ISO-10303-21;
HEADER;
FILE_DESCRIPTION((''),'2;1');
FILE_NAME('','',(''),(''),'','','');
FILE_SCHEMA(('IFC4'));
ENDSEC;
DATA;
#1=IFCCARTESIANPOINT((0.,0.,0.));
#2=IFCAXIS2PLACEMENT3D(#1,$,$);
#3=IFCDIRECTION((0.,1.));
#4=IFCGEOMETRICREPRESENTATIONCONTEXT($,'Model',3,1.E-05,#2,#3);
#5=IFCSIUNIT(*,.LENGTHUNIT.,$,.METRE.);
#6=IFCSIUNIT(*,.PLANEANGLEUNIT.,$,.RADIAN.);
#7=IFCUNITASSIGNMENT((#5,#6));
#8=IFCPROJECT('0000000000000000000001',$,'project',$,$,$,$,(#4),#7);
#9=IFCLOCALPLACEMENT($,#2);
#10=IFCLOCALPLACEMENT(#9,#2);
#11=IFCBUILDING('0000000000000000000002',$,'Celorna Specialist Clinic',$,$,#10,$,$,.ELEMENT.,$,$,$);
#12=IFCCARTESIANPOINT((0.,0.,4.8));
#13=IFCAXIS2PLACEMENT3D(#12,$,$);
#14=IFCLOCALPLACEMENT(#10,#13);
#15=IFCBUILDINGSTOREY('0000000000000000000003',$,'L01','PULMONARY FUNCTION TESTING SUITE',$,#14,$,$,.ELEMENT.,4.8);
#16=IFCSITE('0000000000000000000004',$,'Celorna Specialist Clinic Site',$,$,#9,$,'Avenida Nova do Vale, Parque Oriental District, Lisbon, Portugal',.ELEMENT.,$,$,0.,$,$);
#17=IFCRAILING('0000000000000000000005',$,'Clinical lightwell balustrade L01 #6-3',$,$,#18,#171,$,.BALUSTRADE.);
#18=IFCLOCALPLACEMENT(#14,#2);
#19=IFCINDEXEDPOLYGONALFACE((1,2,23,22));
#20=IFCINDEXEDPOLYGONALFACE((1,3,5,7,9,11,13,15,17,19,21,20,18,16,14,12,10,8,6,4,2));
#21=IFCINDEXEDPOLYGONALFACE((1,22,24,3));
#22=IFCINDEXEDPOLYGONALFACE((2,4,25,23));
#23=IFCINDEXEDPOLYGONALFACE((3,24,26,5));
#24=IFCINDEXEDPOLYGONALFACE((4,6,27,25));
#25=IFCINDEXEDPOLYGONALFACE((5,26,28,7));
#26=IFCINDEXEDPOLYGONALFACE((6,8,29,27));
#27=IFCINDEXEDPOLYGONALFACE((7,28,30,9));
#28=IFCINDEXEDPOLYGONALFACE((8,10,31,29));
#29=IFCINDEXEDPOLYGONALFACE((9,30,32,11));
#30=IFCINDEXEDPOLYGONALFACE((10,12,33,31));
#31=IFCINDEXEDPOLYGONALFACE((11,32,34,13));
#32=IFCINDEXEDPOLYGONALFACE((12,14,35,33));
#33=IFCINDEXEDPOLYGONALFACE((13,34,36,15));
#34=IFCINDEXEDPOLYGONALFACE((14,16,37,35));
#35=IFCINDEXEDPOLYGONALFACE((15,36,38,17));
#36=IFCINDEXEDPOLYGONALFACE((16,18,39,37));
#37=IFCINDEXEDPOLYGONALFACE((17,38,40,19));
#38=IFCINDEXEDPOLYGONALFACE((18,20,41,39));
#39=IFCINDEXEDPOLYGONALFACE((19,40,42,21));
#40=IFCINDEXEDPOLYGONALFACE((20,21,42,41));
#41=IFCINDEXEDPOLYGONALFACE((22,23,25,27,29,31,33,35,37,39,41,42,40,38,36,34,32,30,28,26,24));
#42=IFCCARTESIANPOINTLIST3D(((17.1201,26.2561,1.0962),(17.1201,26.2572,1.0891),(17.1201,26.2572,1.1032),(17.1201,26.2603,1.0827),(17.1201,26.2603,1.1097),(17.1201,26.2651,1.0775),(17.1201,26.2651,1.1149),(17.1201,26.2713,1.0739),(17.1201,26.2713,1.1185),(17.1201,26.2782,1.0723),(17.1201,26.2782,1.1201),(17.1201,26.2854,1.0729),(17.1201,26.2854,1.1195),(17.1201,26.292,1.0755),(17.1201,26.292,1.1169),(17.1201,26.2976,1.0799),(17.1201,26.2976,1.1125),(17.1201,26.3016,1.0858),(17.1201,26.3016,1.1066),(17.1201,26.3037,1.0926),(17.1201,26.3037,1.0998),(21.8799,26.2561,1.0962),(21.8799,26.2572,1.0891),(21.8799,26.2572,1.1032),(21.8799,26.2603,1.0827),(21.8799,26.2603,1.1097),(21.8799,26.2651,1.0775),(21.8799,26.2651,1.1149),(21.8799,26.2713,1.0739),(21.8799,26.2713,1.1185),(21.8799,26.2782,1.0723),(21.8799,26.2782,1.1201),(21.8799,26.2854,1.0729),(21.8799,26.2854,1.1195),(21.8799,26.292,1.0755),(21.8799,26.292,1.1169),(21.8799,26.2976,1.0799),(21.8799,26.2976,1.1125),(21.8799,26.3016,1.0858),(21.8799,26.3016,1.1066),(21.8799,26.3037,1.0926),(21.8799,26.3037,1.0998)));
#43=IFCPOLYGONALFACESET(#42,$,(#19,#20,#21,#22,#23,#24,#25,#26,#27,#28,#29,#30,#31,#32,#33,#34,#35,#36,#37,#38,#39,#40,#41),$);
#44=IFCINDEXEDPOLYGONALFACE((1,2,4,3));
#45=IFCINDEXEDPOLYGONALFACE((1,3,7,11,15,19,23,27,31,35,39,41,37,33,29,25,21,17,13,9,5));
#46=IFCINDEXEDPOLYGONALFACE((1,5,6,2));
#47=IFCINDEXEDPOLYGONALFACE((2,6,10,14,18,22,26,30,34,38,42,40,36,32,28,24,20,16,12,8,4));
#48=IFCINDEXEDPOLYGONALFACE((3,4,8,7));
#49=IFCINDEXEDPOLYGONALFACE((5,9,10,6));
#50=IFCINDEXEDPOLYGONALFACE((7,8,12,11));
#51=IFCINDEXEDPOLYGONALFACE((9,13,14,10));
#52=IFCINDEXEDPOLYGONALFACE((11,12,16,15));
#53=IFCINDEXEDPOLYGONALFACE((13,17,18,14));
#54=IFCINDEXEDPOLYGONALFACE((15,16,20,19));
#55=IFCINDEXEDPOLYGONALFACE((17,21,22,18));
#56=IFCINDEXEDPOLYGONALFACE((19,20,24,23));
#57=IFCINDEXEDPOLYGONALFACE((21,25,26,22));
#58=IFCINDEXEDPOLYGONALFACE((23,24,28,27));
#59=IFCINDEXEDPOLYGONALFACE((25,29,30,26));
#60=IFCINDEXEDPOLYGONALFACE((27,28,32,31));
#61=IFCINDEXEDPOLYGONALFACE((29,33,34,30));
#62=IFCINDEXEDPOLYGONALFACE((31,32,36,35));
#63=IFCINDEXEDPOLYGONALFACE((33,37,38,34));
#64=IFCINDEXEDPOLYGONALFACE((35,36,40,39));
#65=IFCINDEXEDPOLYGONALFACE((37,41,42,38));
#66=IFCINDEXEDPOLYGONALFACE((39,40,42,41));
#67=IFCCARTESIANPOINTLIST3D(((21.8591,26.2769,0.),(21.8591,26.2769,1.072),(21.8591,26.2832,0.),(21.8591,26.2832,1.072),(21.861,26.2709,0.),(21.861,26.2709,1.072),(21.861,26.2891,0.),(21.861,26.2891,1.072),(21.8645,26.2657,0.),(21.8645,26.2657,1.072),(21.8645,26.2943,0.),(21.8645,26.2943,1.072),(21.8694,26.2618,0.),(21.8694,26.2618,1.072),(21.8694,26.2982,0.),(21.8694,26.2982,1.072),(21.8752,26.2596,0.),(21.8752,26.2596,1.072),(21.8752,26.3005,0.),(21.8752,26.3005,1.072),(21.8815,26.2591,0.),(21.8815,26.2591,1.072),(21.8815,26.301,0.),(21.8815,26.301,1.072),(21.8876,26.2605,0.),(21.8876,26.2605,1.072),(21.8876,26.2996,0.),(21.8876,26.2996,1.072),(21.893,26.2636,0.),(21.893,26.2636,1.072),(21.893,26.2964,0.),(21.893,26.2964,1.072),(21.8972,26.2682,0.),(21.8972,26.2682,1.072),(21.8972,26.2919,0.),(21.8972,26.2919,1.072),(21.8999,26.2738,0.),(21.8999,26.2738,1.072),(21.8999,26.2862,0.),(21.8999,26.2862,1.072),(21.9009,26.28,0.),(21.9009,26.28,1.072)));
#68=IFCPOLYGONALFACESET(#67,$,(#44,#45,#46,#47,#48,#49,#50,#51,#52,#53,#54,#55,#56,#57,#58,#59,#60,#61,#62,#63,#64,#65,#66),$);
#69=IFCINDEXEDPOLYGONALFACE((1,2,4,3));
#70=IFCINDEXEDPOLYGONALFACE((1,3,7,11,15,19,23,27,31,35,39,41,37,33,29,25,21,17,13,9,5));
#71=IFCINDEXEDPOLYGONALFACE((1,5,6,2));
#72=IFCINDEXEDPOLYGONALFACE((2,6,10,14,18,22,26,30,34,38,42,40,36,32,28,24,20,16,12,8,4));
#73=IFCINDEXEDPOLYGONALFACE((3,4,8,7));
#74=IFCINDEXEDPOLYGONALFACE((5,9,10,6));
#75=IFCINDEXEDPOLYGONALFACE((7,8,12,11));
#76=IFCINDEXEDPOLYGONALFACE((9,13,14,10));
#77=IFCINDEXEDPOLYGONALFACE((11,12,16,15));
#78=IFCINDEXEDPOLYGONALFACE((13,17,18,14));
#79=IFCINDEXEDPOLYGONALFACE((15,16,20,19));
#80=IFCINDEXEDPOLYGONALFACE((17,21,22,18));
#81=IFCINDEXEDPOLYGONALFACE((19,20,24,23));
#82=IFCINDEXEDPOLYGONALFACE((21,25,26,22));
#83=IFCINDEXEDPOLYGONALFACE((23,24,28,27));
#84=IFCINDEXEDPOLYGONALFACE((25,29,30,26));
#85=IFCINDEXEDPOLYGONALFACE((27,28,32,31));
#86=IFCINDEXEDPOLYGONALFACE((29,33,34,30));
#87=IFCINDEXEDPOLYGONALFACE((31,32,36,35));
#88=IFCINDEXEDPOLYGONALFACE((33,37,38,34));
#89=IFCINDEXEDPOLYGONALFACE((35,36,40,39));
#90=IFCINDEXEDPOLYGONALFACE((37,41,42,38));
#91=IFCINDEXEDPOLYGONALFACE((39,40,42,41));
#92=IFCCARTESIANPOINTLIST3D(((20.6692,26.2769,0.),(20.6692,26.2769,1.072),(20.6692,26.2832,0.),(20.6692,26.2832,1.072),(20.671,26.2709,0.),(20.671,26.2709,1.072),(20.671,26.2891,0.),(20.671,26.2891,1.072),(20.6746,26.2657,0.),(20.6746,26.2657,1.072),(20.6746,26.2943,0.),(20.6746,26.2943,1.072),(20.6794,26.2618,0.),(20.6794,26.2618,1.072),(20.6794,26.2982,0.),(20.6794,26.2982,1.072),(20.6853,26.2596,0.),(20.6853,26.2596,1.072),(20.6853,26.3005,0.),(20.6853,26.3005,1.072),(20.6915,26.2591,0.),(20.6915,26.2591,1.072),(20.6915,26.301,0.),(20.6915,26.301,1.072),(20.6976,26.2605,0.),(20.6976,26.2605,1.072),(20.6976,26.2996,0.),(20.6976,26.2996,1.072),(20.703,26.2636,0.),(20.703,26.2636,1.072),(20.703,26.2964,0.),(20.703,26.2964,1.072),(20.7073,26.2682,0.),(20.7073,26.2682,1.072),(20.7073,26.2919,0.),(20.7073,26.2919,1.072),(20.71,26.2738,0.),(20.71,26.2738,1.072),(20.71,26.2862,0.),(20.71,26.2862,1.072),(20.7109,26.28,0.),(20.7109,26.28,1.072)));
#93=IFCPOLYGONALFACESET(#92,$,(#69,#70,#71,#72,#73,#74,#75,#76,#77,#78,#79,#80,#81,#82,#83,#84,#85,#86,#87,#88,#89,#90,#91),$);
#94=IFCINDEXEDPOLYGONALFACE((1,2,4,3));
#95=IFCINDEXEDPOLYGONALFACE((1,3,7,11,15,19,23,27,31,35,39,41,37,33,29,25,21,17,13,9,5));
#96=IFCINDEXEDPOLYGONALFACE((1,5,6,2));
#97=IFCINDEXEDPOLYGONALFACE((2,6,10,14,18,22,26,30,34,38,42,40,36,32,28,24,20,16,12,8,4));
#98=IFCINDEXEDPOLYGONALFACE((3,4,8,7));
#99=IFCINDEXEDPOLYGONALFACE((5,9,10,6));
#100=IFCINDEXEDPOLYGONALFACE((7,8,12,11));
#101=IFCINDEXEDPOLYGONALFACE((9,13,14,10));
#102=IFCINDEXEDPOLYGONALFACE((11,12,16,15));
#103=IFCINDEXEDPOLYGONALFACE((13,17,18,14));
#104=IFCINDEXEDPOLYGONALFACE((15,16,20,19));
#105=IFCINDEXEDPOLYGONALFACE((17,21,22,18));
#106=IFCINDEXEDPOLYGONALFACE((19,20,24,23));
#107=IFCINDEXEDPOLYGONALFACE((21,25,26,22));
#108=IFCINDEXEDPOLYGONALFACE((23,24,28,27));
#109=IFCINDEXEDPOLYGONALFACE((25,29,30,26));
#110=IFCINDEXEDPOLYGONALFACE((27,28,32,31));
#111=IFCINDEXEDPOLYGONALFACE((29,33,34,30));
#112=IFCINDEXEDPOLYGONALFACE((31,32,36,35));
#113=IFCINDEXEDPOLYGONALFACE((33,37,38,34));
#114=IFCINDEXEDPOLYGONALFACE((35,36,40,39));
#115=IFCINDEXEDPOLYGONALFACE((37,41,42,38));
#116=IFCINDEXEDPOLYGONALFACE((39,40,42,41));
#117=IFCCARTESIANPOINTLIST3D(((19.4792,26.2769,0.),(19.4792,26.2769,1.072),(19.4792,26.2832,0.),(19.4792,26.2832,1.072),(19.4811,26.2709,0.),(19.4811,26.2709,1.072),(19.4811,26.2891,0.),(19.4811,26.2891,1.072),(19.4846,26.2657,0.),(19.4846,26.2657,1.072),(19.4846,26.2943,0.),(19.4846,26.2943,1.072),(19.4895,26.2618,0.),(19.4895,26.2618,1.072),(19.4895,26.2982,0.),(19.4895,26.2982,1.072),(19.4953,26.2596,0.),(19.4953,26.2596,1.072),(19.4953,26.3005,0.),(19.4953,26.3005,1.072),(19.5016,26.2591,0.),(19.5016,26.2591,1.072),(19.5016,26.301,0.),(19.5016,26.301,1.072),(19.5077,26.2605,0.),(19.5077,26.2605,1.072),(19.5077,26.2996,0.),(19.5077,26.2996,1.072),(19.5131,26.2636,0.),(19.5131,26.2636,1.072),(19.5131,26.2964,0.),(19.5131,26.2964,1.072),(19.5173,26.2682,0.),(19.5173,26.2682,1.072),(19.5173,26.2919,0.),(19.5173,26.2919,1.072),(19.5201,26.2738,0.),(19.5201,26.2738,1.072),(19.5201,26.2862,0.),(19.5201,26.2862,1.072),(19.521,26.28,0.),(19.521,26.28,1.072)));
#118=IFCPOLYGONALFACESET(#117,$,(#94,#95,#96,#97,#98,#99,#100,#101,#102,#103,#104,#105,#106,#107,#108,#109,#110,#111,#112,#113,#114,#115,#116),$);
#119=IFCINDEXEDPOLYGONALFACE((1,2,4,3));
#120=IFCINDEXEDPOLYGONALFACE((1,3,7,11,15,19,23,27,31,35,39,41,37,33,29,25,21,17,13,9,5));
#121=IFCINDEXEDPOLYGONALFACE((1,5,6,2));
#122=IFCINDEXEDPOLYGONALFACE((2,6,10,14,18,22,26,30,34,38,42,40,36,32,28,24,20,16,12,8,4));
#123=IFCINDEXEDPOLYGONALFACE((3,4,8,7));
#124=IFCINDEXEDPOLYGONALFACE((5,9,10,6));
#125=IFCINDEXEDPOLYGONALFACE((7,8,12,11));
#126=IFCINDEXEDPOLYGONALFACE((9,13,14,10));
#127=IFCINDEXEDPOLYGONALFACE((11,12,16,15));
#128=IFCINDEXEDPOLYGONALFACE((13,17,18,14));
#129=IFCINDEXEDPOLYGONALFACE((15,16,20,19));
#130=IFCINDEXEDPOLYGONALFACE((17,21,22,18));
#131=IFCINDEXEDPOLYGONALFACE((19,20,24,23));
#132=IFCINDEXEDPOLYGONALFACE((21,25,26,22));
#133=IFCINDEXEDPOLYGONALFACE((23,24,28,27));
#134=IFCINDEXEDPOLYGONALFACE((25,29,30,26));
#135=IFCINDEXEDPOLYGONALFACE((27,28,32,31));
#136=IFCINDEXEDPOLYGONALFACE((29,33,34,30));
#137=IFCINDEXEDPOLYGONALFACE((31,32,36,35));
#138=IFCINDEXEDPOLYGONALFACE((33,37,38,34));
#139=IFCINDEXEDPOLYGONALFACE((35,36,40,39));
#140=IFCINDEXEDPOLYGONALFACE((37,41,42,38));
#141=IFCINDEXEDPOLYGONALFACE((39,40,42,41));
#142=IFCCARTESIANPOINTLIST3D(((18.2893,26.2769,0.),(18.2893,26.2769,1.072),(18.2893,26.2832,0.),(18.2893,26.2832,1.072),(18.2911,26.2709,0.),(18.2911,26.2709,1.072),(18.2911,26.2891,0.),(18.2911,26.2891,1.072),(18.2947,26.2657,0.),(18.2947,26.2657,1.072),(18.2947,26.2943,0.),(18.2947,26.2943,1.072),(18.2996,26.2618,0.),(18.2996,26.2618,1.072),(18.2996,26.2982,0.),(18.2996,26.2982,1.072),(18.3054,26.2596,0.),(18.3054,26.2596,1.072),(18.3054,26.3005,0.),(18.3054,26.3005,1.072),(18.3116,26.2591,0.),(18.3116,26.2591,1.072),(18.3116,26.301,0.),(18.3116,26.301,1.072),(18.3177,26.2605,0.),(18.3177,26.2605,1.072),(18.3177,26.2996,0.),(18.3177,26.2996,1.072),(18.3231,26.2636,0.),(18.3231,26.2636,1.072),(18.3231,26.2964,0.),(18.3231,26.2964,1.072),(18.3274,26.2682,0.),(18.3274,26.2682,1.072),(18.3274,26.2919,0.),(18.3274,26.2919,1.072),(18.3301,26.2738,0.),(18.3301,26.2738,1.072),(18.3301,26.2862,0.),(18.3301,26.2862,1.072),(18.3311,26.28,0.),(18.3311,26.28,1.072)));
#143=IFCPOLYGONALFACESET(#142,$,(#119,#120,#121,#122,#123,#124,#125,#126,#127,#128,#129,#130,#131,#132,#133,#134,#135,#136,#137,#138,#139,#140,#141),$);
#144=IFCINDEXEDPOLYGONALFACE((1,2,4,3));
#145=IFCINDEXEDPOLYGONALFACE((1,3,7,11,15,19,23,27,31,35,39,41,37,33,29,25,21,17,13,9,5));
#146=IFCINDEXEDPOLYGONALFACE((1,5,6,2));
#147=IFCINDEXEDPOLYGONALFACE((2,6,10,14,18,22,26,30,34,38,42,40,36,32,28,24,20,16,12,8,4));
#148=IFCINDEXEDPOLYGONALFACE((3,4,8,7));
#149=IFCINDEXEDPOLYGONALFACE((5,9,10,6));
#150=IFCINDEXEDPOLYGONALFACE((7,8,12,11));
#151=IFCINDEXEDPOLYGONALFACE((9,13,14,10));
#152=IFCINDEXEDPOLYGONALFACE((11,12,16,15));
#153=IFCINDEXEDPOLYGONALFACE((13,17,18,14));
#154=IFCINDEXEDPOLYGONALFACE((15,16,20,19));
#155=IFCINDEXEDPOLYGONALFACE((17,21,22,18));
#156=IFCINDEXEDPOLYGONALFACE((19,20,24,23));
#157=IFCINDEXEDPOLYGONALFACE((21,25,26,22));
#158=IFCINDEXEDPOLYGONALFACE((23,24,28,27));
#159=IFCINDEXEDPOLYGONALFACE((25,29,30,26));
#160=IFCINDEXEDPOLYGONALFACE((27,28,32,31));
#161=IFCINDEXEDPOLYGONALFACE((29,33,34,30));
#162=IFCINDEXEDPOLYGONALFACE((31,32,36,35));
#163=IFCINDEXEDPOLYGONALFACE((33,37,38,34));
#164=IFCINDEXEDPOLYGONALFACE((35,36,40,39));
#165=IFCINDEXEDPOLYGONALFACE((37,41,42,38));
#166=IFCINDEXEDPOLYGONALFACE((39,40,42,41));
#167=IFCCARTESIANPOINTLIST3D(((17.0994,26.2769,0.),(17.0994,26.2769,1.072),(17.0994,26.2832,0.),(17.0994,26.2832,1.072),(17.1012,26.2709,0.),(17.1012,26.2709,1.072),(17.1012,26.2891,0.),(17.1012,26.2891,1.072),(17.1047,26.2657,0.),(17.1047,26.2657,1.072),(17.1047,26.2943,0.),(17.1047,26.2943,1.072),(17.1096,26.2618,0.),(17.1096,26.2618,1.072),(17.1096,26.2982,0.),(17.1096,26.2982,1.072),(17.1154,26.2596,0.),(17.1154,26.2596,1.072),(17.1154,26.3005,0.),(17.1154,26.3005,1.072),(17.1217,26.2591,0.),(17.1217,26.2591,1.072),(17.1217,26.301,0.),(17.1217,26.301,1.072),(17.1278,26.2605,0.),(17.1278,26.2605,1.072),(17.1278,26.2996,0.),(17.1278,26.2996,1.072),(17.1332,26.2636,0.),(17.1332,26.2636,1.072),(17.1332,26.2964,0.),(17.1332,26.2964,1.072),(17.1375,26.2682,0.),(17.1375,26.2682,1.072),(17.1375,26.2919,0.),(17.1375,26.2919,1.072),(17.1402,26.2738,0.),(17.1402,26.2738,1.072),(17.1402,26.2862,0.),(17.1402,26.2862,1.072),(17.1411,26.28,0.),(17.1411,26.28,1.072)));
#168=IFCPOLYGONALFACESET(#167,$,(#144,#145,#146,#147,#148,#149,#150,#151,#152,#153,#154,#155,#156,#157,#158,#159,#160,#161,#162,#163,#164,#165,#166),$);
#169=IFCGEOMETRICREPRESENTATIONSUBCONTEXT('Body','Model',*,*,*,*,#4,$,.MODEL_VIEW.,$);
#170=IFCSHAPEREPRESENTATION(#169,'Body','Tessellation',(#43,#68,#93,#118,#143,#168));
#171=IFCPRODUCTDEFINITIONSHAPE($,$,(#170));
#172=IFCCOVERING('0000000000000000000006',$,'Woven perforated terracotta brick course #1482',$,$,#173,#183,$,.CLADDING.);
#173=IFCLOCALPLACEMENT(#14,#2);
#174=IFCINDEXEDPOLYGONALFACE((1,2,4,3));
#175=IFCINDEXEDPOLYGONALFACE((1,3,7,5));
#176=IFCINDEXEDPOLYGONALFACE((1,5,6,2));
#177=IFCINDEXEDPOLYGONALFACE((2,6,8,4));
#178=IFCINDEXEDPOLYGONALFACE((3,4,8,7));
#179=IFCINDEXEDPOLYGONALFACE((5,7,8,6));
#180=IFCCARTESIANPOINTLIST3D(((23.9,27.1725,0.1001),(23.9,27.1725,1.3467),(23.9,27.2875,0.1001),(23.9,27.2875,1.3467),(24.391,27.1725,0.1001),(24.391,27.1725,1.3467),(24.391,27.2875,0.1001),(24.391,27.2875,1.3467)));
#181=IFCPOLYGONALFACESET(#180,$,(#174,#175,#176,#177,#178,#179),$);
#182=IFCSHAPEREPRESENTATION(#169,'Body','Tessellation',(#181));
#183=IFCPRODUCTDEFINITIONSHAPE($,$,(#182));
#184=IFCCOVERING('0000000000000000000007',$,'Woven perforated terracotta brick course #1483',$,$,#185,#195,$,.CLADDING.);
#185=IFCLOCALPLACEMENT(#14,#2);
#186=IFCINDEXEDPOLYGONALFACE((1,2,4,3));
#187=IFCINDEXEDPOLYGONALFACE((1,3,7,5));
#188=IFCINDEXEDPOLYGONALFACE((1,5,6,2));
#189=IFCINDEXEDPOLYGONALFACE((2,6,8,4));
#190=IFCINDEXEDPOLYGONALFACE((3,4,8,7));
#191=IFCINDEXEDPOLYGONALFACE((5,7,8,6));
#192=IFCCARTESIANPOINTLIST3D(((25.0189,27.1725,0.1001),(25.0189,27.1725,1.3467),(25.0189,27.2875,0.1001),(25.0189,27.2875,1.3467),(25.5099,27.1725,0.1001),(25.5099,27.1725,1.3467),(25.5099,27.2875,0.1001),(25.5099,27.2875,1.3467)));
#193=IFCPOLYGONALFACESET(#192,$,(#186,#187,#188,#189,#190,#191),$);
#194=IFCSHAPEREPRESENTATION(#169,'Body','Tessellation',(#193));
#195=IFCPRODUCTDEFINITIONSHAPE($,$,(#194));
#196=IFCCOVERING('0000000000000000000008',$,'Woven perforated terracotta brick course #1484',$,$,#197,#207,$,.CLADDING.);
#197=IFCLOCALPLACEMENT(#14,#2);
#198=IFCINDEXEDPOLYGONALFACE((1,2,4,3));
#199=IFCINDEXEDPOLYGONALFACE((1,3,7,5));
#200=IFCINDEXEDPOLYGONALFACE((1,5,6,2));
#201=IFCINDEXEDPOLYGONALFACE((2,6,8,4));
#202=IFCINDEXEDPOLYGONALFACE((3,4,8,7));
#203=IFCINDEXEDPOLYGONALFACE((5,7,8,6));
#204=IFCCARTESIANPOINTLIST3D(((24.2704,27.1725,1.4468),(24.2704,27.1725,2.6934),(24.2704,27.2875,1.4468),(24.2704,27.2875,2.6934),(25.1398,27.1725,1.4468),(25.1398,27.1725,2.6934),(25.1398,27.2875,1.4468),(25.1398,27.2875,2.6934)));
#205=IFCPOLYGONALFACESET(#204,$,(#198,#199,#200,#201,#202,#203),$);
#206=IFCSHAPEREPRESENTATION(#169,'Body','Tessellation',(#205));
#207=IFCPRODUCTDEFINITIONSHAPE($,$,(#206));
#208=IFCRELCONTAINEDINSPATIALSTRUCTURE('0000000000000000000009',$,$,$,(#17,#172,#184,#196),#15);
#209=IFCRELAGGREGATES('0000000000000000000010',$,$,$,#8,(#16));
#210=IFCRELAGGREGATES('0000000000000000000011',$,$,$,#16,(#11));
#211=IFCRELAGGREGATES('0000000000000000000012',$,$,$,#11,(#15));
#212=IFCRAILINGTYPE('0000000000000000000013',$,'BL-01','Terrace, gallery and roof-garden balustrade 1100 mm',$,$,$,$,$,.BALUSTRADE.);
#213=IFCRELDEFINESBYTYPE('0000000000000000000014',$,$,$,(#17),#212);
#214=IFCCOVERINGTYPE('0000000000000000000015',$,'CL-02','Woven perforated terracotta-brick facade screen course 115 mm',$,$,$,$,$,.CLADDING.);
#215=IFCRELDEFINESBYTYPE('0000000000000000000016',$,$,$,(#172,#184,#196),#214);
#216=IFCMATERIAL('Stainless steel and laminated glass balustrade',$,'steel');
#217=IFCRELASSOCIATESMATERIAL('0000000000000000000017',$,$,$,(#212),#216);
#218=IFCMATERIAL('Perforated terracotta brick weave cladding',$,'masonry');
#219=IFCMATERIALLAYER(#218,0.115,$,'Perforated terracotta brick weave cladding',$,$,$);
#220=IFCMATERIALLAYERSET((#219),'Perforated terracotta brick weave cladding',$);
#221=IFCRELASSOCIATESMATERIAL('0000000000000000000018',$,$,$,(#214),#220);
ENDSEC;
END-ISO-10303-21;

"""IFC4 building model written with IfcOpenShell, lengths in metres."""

from ifc_helpers import new_model, si_unit, direction, frame, origin, origin_2d, place, context, subcontext, project, spatial, rectangle, circle, extrude, material, layer, layer_set, type_object, element, save


model = new_model("IFC4")

# Units and contexts
model_context = context("Model", 3, precision=1e-05, world=origin(), true_north=direction((0.0, 1.0)))
body_context = subcontext(model_context, "Body", "Model", "MODEL_VIEW")
ifc_project = project(units=[si_unit("LENGTHUNIT", "METRE"), si_unit("PLANEANGLEUNIT", "RADIAN")], contexts=[model_context])

# Site, building, storey
site_placement = place(None, origin())
site = spatial("IfcSite", under=ifc_project, at=site_placement, Name="Celorna Specialist Clinic Site", LongName="Avenida Nova do Vale, Parque Oriental District, Lisbon, Portugal", CompositionType="ELEMENT", RefElevation=0.0)
building_placement = place(site_placement, origin())
building = spatial("IfcBuilding", under=site, at=building_placement, Name="Celorna Specialist Clinic", CompositionType="ELEMENT")
storey_placement = place(building_placement, frame((0.0, 0.0, 4.8)))
storey = spatial("IfcBuildingStorey", under=building, at=storey_placement, Name="L01", Description="PULMONARY FUNCTION TESTING SUITE", CompositionType="ELEMENT", Elevation=4.8)

# Railing
ifc_material_1 = material(Name="Stainless steel and laminated glass balustrade", Category="steel")
railing_type = type_object("IfcRailingType", Name="BL-01", Description="Terrace, gallery and roof-garden balustrade 1100 mm", PredefinedType="BALUSTRADE", material=ifc_material_1)
railing_placement = place(storey_placement, frame((21.8799, 26.28, 0.0)))
element("IfcRailing", 1, at=railing_placement, inside=storey, type_object=railing_type, Name="Clinical lightwell balustrade L01 #6-3", PredefinedType="BALUSTRADE", context=body_context, shape_type="SweptSolid", body=[
    extrude(circle(Radius=0.0239, at=origin_2d()), frame((0.0, 0.0, 1.0962), z_axis=(-1.0, 0.0, 0.0), x_axis=(0.0, -1.0, 0.0)), (0.0, 0.0, 1.0), 4.7598),
    extrude(circle(Radius=0.021, at=origin_2d()), origin(), (0.0, 0.0, 1.0), 1.072),
    extrude(circle(Radius=0.021, at=origin_2d()), frame((-1.1899, 0.0, 0.0)), (0.0, 0.0, 1.0), 1.072),
    extrude(circle(Radius=0.021, at=origin_2d()), frame((-2.3799, 0.0, 0.0)), (0.0, 0.0, 1.0), 1.072),
    extrude(circle(Radius=0.021, at=origin_2d()), frame((-3.5698, 0.0, 0.0)), (0.0, 0.0, 1.0), 1.072),
    extrude(circle(Radius=0.021, at=origin_2d()), frame((-4.7598, 0.0, 0.0)), (0.0, 0.0, 1.0), 1.072),
])

# Coverings
ifc_material_2 = material(Name="Perforated terracotta brick weave cladding", Category="masonry")
ifc_layer_1 = layer(ifc_material_2, 0.115, Name="Perforated terracotta brick weave cladding")
ifc_layer_set_1 = layer_set([ifc_layer_1], Name="Perforated terracotta brick weave cladding")
covering_type = type_object("IfcCoveringType", Name="CL-02", Description="Woven perforated terracotta-brick facade screen course 115 mm", PredefinedType="CLADDING", material=ifc_layer_set_1)
for number, where, z_axis, x_axis, name in (
    (2, (24.1455, 27.23, 0.1001), (0.0, 0.0, 1.0), (1.0, 0.0, 0.0), "Woven perforated terracotta brick course #1482"),
    (3, (25.2644, 27.23, 0.1001), (0.0, 0.0, 1.0), (1.0, 0.0, 0.0), "Woven perforated terracotta brick course #1483"),
):
    element("IfcCovering", number, at=place(storey_placement, frame(where, z_axis=z_axis, x_axis=x_axis)), inside=storey, type_object=covering_type, Name=name, PredefinedType="CLADDING", context=body_context, shape_type="SweptSolid", body=[
        extrude(rectangle(XDim=0.491, YDim=0.115, at=origin_2d()), origin(), (0.0, 0.0, 1.0), 1.2466),
    ])
covering_placement = place(storey_placement, frame((24.7051, 27.23, 1.4468), z_axis=(0.0, 0.0, 1.0), x_axis=(1.0, 0.0, 0.0)))
element("IfcCovering", 4, at=covering_placement, inside=storey, type_object=covering_type, Name="Woven perforated terracotta brick course #1484", PredefinedType="CLADDING", context=body_context, shape_type="SweptSolid", body=[
    extrude(rectangle(XDim=0.8694, YDim=0.115, at=origin_2d()), origin(), (0.0, 0.0, 1.0), 1.2466),
])

save(model, "model.ifc")
